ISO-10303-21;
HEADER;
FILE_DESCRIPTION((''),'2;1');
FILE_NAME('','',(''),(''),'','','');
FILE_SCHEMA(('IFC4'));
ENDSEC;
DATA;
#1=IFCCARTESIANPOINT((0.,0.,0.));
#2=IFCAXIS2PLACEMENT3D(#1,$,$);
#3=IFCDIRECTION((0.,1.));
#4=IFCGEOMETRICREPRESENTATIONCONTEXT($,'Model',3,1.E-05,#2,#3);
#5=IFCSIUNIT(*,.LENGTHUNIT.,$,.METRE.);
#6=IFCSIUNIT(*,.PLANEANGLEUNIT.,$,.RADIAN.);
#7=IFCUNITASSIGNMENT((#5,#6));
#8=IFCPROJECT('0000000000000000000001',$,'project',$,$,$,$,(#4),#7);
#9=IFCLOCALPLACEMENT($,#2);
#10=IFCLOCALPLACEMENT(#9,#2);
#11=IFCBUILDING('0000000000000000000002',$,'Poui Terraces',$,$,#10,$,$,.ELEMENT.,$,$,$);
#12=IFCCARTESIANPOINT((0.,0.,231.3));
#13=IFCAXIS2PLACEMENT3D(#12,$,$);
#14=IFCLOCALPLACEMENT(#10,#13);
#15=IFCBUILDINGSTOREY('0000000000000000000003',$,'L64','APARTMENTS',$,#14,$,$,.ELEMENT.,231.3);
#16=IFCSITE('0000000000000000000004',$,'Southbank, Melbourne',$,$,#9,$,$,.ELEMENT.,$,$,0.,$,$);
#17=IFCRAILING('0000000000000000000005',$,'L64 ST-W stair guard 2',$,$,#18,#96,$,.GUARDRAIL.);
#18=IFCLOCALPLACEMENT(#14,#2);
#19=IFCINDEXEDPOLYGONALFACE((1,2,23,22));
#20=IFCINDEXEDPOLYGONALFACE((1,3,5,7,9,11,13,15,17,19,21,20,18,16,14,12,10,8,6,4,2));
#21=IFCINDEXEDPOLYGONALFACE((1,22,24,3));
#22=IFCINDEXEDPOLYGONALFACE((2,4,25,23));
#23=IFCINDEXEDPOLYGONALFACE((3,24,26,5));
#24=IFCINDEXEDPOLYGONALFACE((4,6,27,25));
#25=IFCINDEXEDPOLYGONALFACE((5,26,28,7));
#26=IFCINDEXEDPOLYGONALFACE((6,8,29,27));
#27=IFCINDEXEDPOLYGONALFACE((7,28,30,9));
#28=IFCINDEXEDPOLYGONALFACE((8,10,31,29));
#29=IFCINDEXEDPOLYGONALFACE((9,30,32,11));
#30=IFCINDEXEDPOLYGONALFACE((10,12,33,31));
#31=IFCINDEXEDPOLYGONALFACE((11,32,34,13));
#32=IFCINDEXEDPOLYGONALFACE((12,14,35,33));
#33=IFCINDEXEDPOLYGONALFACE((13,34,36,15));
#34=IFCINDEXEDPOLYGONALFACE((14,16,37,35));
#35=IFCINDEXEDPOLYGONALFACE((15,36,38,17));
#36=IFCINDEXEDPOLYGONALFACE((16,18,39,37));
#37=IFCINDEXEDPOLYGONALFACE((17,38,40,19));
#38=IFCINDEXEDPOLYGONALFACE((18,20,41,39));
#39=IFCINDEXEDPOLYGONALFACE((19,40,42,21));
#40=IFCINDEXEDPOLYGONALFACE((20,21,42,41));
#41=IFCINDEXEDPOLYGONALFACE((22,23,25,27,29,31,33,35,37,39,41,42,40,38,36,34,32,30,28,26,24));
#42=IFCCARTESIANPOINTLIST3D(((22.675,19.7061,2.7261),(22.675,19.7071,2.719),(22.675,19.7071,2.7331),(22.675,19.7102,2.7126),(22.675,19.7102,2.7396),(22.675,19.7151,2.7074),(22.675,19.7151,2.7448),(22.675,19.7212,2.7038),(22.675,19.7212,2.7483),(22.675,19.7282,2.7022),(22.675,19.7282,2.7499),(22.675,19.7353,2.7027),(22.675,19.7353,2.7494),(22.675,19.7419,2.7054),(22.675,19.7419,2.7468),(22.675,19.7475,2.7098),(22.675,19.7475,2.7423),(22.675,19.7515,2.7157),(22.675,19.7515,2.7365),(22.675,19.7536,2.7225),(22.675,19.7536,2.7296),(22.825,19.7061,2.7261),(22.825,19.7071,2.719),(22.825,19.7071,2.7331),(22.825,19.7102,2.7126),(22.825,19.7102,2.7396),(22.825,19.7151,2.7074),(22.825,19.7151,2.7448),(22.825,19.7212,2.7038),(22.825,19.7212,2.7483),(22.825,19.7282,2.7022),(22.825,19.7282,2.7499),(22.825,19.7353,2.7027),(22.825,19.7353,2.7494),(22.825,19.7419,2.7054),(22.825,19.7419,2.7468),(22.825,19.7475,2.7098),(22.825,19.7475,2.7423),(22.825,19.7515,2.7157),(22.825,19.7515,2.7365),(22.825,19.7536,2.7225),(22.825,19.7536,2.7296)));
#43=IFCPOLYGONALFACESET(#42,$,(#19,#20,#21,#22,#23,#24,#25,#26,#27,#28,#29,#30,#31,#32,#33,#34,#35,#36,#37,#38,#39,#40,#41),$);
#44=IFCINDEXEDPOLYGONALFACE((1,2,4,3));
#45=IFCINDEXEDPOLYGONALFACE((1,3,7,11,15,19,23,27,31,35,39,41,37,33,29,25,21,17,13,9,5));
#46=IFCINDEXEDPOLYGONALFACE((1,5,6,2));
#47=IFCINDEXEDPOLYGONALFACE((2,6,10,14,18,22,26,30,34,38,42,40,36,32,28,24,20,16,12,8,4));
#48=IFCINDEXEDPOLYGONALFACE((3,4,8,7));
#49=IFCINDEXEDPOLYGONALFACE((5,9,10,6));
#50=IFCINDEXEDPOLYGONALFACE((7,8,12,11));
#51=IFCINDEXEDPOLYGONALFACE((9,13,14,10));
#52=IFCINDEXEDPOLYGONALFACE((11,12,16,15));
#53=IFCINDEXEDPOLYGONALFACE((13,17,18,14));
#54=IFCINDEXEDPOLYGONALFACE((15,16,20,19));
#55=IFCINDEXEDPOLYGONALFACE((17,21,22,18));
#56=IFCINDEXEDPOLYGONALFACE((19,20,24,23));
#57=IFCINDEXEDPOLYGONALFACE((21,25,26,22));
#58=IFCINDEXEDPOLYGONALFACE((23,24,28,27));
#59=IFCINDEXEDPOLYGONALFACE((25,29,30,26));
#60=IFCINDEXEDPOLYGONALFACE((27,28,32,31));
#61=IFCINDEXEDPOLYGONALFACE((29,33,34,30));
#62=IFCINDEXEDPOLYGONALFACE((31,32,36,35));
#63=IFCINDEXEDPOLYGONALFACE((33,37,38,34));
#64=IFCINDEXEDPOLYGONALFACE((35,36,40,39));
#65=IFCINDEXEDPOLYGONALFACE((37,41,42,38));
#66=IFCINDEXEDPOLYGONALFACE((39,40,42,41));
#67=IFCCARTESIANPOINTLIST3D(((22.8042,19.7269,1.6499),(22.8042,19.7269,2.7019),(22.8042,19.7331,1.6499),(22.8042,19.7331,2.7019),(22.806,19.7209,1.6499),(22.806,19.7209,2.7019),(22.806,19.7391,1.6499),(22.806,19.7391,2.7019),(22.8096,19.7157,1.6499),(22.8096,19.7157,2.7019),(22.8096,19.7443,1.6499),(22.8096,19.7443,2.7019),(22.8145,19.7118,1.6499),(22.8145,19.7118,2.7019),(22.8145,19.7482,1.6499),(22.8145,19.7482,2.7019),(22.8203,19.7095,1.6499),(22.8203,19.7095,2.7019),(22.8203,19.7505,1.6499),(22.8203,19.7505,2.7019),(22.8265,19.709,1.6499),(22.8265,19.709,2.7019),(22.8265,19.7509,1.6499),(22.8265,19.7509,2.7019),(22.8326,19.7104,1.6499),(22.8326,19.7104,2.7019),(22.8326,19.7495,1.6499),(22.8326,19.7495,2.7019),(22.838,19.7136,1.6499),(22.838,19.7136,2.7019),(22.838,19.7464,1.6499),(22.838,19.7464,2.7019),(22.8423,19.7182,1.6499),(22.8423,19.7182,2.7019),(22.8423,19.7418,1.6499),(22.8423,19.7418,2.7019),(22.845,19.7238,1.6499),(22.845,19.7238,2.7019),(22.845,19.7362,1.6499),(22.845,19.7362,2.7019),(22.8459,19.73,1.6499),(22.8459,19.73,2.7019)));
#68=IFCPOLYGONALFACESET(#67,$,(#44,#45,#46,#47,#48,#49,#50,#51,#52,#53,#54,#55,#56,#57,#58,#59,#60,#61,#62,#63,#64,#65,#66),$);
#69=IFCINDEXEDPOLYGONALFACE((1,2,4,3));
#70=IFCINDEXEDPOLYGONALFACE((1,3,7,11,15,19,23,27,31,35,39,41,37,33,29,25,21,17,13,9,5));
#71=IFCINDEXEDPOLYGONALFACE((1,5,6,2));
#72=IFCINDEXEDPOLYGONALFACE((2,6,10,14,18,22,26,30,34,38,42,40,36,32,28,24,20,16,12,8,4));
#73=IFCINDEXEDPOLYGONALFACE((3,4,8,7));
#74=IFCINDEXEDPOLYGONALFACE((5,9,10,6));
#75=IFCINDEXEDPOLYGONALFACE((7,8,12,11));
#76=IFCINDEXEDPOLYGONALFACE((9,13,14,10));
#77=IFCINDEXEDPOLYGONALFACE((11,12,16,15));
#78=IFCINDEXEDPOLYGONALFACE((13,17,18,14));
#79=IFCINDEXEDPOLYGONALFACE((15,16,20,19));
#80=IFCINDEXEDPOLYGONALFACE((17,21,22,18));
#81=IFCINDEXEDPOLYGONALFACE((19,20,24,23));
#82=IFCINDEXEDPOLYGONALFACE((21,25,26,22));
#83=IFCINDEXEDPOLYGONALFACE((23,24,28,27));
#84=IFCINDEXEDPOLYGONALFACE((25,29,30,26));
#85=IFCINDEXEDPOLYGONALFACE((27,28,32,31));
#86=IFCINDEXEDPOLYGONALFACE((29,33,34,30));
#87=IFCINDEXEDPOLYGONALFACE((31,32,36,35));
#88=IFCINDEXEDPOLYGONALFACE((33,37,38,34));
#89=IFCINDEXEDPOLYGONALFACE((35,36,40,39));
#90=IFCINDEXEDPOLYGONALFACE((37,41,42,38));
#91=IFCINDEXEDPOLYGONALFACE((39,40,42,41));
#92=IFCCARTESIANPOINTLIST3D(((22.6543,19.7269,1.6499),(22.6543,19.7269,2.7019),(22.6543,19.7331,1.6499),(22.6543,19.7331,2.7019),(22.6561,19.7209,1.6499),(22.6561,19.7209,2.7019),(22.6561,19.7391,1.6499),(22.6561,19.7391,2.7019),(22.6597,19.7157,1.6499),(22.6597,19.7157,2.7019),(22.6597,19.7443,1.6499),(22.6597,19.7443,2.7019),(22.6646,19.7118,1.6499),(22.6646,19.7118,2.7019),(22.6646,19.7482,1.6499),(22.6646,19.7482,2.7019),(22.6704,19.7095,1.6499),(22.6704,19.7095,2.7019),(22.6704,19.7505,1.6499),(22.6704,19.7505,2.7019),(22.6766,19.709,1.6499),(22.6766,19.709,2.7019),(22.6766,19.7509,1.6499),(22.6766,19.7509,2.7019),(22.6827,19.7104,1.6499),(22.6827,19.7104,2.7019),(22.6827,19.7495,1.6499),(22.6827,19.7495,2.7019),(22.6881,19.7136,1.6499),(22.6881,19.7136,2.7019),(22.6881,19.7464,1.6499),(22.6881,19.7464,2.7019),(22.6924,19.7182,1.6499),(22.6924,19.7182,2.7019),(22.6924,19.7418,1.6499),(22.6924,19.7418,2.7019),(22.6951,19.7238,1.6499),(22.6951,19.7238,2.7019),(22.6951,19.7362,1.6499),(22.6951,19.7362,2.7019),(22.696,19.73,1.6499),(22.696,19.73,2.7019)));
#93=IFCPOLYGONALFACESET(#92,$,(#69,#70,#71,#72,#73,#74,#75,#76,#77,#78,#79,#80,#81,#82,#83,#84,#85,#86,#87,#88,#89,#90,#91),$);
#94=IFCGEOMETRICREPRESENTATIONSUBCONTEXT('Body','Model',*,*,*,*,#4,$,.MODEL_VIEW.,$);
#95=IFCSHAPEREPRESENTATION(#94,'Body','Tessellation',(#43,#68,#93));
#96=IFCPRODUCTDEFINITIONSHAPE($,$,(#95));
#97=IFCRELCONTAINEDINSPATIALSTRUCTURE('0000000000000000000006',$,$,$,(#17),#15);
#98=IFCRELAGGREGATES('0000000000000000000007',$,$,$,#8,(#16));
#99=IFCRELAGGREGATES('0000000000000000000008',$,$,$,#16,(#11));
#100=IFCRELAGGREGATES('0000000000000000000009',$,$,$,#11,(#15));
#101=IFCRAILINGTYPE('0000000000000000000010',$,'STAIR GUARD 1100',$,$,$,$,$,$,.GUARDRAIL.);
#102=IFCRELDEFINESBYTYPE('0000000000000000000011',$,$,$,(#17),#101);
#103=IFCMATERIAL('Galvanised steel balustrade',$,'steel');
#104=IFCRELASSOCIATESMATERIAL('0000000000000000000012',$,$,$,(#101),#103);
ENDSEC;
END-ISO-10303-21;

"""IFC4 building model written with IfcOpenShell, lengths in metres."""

from ifc_helpers import new_model, si_unit, direction, frame, origin, origin_2d, place, context, subcontext, project, spatial, circle, extrude, material, type_object, element, save


model = new_model("IFC4")

# Units and contexts
model_context = context("Model", 3, precision=1e-05, world=origin(), true_north=direction((0.0, 1.0)))
body_context = subcontext(model_context, "Body", "Model", "MODEL_VIEW")
ifc_project = project(units=[si_unit("LENGTHUNIT", "METRE"), si_unit("PLANEANGLEUNIT", "RADIAN")], contexts=[model_context])

# Site, building, storey
site_placement = place(None, origin())
site = spatial("IfcSite", under=ifc_project, at=site_placement, Name="Southbank, Melbourne", CompositionType="ELEMENT", RefElevation=0.0)
building_placement = place(site_placement, origin())
building = spatial("IfcBuilding", under=site, at=building_placement, Name="Poui Terraces", CompositionType="ELEMENT")
storey_placement = place(building_placement, frame((0.0, 0.0, 231.3)))
storey = spatial("IfcBuildingStorey", under=building, at=storey_placement, Name="L64", Description="APARTMENTS", CompositionType="ELEMENT", Elevation=231.3)

# Railing
ifc_material_1 = material(Name="Galvanised steel balustrade", Category="steel")
railing_type_1 = type_object("IfcRailingType", Name="STAIR GUARD 1100", PredefinedType="GUARDRAIL", material=ifc_material_1)
railing_1_placement = place(storey_placement, frame((22.825, 19.73, 1.6499)))
element("IfcRailing", 1, at=railing_1_placement, inside=storey, type_object=railing_type_1, Name="L64 ST-W stair guard 2", PredefinedType="GUARDRAIL", context=body_context, shape_type="SweptSolid", body=[
    extrude(circle(Radius=0.0239, at=origin_2d()), frame((0.0, 0.0, 1.0762), z_axis=(-1.0, 0.0, 0.0), x_axis=(0.0, -1.0, 0.0)), (0.0, 0.0, 1.0), 0.1499),
    extrude(circle(Radius=0.021, at=origin_2d()), origin(), (0.0, 0.0, 1.0), 1.052),
    extrude(circle(Radius=0.021, at=origin_2d()), frame((-0.1499, 0.0, 0.0)), (0.0, 0.0, 1.0), 1.052),
])

save(model, "model.ifc")
